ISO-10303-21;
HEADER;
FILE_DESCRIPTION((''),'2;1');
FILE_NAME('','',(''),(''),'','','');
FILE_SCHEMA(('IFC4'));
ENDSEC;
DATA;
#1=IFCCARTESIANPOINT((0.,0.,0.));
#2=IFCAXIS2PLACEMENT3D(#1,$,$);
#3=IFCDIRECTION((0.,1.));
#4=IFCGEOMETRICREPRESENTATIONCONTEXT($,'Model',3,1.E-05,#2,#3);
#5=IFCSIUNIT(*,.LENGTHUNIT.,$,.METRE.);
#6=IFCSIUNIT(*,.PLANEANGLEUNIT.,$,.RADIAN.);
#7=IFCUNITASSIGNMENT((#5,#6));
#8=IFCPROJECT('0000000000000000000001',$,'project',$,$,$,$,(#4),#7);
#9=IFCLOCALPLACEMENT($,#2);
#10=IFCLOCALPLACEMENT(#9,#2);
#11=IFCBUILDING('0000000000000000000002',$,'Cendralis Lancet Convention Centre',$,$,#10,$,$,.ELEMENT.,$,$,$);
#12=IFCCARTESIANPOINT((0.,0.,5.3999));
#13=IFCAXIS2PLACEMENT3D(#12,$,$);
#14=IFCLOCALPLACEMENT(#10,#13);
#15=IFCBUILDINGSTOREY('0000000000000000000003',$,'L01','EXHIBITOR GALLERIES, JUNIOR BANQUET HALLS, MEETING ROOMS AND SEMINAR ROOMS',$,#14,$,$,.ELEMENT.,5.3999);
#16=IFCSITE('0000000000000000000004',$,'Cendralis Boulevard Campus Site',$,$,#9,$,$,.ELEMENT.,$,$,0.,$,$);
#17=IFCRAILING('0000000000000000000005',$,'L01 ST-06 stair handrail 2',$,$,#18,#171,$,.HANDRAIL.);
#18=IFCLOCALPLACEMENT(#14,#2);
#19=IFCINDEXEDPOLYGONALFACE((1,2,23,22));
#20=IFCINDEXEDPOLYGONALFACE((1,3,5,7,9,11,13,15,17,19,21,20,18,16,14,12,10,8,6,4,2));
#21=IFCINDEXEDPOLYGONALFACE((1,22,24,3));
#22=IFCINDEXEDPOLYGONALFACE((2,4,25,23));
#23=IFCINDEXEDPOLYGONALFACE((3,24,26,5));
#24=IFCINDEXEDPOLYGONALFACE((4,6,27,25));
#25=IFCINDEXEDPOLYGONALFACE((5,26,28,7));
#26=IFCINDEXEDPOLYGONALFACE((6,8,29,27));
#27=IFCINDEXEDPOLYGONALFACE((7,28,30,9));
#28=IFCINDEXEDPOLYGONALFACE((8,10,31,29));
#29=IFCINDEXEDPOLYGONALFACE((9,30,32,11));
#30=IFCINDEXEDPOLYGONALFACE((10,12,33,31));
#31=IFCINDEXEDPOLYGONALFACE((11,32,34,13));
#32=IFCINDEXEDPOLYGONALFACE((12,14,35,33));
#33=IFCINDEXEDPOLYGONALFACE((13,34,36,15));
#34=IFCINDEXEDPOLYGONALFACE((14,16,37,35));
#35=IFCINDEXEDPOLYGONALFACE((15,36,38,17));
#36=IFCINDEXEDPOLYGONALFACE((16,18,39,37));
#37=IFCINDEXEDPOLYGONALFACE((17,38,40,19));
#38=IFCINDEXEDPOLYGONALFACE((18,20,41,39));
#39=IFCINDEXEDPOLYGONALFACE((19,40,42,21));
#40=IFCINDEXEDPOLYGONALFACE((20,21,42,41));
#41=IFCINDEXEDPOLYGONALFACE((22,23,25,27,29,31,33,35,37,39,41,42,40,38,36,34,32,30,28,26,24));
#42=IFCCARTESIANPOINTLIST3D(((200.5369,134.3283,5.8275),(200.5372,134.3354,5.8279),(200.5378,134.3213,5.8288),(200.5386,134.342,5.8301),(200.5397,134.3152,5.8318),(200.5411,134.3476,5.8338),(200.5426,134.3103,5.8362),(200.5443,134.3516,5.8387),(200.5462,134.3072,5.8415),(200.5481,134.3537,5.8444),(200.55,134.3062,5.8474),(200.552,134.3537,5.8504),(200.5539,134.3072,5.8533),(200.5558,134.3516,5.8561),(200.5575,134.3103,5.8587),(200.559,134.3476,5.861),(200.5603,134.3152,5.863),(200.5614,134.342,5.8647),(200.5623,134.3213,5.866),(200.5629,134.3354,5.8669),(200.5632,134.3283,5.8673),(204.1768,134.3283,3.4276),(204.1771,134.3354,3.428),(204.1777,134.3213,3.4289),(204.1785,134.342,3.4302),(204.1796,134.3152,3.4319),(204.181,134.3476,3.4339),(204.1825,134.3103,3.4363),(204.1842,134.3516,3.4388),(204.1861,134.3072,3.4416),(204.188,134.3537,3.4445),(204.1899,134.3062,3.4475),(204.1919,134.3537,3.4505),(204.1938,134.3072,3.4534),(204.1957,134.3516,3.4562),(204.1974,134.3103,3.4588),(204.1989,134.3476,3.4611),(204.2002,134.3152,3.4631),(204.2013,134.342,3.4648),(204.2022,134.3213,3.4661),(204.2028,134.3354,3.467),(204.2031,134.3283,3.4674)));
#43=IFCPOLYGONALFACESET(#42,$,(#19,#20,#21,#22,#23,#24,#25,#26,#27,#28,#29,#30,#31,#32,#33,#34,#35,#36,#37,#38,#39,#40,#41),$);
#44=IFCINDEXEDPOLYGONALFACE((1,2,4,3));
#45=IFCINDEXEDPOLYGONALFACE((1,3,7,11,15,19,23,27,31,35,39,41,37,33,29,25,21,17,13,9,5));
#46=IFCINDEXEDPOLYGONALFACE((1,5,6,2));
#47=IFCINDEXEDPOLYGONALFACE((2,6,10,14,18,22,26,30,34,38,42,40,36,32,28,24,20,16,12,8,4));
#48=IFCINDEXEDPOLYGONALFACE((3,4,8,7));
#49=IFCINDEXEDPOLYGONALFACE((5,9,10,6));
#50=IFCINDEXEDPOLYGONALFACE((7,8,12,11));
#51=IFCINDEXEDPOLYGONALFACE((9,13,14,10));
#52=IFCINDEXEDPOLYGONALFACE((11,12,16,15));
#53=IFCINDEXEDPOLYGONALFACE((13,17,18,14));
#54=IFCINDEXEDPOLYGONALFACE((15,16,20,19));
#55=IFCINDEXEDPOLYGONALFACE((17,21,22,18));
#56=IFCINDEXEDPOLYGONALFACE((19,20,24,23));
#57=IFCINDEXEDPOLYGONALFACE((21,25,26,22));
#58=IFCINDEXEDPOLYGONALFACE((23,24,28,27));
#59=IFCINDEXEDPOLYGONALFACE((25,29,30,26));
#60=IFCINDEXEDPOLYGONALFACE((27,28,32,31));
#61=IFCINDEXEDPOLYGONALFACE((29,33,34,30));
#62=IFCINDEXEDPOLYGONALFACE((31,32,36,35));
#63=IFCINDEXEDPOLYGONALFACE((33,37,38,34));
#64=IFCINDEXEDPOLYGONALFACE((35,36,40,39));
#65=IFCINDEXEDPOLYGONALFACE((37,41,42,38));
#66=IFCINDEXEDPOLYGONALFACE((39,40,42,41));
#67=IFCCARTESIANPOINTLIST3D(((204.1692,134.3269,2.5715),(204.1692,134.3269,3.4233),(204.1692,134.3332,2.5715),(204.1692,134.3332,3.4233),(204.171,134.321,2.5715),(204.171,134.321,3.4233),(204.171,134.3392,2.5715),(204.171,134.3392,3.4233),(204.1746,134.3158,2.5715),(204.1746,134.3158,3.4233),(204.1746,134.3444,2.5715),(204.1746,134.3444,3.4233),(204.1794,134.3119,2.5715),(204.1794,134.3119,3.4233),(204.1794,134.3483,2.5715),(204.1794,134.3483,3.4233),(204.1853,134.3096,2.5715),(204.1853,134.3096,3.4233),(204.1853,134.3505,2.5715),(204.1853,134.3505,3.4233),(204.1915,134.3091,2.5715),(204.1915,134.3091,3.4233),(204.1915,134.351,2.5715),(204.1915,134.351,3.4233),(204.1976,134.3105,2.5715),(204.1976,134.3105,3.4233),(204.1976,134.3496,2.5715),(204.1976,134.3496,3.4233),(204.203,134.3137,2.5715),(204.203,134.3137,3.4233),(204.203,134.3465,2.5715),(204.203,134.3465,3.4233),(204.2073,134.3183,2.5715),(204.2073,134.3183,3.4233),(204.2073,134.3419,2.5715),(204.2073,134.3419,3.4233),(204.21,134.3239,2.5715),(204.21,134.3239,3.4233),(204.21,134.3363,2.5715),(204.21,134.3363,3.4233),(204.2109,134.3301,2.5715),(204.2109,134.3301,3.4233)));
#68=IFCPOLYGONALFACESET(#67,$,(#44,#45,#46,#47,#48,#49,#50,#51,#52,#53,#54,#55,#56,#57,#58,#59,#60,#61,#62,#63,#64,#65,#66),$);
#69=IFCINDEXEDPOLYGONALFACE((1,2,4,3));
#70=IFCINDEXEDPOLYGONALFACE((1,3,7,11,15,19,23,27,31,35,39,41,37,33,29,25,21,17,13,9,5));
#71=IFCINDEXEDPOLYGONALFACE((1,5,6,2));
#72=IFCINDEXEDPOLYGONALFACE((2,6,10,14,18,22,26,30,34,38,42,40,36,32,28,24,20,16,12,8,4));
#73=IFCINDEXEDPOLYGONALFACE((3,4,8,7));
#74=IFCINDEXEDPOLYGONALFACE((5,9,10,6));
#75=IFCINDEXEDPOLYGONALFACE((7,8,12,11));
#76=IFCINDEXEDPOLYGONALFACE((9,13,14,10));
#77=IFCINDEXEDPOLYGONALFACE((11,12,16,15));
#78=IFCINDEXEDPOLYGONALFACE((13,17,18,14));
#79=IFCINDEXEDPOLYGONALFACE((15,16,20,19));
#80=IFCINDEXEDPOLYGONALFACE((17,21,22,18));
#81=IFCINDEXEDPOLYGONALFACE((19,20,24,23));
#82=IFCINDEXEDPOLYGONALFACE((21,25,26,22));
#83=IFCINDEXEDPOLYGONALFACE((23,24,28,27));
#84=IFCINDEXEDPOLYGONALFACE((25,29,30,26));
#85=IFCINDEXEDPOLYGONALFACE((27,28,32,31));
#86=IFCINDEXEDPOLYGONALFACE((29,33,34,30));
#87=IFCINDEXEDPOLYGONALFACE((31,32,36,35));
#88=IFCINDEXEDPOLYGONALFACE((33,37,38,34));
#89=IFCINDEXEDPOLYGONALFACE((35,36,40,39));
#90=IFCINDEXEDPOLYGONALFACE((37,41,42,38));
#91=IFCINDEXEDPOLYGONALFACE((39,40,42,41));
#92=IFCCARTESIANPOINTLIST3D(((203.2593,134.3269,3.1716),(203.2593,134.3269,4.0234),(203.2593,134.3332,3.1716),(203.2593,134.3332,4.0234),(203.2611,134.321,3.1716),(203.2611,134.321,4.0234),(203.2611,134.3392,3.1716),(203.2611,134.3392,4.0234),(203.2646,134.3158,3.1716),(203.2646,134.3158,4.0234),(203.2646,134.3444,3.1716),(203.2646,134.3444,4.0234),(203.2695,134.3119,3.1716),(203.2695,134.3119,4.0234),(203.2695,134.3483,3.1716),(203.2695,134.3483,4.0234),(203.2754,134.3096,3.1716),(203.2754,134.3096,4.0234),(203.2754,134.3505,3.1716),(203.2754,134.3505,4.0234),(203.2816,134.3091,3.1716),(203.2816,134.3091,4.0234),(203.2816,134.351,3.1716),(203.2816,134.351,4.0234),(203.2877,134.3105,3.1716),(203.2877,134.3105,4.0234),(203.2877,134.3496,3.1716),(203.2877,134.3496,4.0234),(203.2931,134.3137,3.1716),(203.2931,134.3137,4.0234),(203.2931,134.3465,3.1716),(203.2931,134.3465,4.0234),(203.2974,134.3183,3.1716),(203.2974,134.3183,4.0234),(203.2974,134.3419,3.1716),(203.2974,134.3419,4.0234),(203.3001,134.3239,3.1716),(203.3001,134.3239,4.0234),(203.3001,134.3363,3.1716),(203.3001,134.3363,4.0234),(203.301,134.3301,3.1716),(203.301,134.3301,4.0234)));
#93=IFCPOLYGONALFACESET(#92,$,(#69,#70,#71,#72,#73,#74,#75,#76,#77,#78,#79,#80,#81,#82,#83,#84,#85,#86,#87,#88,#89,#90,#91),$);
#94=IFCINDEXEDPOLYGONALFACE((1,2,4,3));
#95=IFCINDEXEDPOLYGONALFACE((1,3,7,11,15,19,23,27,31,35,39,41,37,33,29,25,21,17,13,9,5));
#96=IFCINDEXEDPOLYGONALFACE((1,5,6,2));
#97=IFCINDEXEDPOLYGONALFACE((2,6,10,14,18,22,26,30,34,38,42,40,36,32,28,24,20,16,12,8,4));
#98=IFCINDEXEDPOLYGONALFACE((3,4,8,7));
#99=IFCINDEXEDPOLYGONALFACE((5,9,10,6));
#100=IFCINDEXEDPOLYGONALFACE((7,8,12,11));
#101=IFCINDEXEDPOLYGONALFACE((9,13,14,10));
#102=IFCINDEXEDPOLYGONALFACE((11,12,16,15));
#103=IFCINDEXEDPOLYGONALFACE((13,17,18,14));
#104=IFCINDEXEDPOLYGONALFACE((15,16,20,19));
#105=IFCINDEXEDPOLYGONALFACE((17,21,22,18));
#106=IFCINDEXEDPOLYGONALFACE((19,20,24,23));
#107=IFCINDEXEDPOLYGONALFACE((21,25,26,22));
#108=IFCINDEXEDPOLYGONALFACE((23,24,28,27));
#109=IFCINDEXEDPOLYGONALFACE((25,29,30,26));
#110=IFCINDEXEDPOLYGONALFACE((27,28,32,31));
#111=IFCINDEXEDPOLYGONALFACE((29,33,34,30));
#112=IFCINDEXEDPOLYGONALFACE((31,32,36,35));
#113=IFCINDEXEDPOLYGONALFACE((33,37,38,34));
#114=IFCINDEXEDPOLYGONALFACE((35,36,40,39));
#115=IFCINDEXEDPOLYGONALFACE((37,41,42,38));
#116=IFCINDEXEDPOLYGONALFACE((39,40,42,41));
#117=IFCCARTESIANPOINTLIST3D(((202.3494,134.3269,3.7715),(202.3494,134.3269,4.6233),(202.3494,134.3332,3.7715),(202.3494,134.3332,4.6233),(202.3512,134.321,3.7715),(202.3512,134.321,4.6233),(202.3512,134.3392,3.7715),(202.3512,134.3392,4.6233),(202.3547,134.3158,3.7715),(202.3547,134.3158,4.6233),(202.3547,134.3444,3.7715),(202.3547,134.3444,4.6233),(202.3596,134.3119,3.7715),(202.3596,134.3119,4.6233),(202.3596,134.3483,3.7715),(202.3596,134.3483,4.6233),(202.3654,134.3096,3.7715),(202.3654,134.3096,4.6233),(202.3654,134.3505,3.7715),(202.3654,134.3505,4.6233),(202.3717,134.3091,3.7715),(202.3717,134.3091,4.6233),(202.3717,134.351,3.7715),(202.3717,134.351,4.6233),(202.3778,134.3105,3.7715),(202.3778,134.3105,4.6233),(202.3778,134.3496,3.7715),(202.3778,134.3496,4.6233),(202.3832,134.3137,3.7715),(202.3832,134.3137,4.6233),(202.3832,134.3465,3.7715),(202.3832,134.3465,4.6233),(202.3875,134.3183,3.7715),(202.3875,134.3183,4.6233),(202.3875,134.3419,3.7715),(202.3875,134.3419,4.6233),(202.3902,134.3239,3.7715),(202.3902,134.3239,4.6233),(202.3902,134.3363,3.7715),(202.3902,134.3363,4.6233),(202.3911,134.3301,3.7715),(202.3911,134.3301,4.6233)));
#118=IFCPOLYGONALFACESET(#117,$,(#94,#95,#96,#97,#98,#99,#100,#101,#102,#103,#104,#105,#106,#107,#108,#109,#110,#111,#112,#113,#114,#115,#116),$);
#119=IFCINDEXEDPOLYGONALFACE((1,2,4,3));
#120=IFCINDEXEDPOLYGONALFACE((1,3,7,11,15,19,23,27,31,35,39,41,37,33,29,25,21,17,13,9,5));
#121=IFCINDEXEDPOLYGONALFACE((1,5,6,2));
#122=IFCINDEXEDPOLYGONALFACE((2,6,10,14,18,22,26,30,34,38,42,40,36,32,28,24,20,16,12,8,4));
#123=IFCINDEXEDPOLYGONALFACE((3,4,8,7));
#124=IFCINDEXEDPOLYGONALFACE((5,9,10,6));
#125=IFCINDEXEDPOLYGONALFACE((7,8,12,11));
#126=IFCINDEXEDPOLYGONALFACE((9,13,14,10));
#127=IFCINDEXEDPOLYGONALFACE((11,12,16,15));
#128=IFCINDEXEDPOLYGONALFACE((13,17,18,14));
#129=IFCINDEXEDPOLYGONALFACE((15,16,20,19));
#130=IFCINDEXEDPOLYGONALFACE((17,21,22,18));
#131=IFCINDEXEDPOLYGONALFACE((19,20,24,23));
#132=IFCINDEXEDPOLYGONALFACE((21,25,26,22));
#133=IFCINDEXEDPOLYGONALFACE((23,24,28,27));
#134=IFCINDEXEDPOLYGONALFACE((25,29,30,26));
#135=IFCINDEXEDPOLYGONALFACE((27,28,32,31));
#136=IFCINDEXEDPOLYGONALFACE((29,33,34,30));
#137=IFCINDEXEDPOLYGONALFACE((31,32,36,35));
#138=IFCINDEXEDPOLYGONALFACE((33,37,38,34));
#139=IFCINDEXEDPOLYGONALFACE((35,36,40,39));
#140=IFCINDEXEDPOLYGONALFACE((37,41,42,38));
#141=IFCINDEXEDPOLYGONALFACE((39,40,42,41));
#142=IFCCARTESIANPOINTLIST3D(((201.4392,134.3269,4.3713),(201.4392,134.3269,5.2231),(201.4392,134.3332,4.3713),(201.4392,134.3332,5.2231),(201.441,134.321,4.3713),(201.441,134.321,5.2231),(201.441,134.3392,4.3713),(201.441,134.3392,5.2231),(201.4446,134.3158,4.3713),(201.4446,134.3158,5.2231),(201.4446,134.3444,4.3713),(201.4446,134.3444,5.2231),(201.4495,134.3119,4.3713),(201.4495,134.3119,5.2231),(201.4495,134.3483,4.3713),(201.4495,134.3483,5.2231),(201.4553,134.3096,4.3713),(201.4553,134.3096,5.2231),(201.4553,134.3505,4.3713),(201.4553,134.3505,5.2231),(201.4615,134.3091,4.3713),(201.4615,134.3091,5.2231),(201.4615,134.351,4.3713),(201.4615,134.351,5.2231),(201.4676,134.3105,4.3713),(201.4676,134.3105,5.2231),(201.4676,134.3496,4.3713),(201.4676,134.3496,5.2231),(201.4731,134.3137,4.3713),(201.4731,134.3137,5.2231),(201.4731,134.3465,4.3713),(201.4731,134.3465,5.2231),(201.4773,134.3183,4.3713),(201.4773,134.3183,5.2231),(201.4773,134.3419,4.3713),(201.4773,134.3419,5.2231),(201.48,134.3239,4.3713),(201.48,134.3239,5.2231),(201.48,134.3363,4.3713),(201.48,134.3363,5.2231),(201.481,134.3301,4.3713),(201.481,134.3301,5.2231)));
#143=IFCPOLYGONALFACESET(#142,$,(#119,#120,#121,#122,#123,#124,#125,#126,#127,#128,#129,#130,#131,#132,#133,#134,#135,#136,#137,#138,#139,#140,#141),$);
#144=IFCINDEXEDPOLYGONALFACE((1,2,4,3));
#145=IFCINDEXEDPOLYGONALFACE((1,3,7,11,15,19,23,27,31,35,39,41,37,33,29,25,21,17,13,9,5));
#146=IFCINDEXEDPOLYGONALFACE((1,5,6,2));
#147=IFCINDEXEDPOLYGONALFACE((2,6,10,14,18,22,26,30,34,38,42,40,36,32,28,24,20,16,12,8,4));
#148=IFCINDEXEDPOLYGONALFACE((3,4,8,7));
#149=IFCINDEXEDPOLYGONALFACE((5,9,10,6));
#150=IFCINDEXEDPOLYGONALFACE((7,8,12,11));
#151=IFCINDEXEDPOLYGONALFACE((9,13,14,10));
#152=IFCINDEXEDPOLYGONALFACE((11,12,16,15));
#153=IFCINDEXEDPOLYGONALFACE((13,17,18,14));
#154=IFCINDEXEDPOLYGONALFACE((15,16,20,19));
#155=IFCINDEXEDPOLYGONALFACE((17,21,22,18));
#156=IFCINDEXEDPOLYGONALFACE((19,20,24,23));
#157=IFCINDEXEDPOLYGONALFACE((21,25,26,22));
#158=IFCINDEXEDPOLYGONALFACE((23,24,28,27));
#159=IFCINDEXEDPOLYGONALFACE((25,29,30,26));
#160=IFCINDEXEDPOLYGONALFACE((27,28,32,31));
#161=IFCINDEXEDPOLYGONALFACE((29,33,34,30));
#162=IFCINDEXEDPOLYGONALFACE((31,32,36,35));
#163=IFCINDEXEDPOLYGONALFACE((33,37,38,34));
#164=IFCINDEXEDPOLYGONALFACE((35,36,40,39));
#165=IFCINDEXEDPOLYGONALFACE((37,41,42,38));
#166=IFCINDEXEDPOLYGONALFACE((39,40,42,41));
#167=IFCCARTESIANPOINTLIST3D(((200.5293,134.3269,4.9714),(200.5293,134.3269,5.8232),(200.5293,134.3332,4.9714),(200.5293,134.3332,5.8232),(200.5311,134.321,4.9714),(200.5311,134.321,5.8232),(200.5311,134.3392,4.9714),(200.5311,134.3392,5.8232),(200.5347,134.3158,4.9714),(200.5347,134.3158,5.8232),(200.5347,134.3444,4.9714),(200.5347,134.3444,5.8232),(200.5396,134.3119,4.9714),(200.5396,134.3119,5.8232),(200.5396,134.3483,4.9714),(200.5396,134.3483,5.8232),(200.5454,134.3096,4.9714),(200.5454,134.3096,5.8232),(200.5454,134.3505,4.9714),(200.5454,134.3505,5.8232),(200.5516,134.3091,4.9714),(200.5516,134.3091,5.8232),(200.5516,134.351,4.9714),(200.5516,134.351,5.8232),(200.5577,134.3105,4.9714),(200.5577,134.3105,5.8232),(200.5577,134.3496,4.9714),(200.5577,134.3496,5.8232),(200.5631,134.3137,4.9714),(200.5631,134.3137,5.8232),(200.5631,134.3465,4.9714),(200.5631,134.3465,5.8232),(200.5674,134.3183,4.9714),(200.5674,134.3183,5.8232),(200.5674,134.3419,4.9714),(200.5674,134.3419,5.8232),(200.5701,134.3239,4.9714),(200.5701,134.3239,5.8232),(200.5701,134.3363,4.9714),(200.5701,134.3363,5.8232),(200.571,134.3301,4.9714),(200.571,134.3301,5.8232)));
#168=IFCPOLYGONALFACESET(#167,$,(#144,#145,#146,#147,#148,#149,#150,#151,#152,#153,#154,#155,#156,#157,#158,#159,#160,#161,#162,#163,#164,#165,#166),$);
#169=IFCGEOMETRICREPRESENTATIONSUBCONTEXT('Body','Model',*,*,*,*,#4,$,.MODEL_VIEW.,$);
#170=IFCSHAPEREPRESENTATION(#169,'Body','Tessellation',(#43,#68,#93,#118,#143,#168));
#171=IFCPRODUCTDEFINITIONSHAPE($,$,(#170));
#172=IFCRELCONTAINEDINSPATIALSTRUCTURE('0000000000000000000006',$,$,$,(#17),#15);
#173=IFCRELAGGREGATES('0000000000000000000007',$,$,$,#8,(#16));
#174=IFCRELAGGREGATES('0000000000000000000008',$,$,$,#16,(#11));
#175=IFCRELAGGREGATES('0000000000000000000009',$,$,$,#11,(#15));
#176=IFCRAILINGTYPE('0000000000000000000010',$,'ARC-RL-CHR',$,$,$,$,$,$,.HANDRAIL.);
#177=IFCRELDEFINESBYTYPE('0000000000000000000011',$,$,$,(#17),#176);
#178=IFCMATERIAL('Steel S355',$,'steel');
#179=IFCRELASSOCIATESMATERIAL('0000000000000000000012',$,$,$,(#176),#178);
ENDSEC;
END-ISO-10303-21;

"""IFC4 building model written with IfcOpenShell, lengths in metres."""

from ifc_helpers import new_model, si_unit, direction, frame, origin, origin_2d, place, context, subcontext, project, spatial, circle, extrude, material, type_object, element, save


model = new_model("IFC4")

# Units and contexts
model_context = context("Model", 3, precision=1e-05, world=origin(), true_north=direction((0.0, 1.0)))
body_context = subcontext(model_context, "Body", "Model", "MODEL_VIEW")
ifc_project = project(units=[si_unit("LENGTHUNIT", "METRE"), si_unit("PLANEANGLEUNIT", "RADIAN")], contexts=[model_context])

# Site, building, storey
site_placement = place(None, origin())
site = spatial("IfcSite", under=ifc_project, at=site_placement, Name="Cendralis Boulevard Campus Site", CompositionType="ELEMENT", RefElevation=0.0)
building_placement = place(site_placement, origin())
building = spatial("IfcBuilding", under=site, at=building_placement, Name="Cendralis Lancet Convention Centre", CompositionType="ELEMENT")
storey_placement = place(building_placement, frame((0.0, 0.0, 5.3999)))
storey = spatial("IfcBuildingStorey", under=building, at=storey_placement, Name="L01", Description="EXHIBITOR GALLERIES, JUNIOR BANQUET HALLS, MEETING ROOMS AND SEMINAR ROOMS", CompositionType="ELEMENT", Elevation=5.3999)

# Shared definitions
ifc_material_1 = material(Name="Steel S355", Category="steel")

# Railing
railing_type_1 = type_object("IfcRailingType", Name="ARC-RL-CHR", PredefinedType="HANDRAIL", material=ifc_material_1)
railing_1_placement = place(storey_placement, frame((204.1899, 134.3301, 2.5715)))
element("IfcRailing", 1, at=railing_1_placement, inside=storey, type_object=railing_type_1, Name="L01 ST-06 stair handrail 2", PredefinedType="HANDRAIL", context=body_context, shape_type="SweptSolid", body=[
    extrude(circle(Radius=0.0239, at=origin_2d()), frame((0.0, 0.0, 0.876), z_axis=(-0.834865, 0.0, 0.550454), x_axis=(0.0, -1.0, 0.0)), (0.0, 0.0, 1.0), 4.3599),
    extrude(circle(Radius=0.021, at=origin_2d()), origin(), (0.0, 0.0, 1.0), 0.8518),
    extrude(circle(Radius=0.021, at=origin_2d()), frame((-0.9099, 0.0, 0.6001)), (0.0, 0.0, 1.0), 0.8518),
    extrude(circle(Radius=0.021, at=origin_2d()), frame((-1.8198, 0.0, 1.2)), (0.0, 0.0, 1.0), 0.8518),
    extrude(circle(Radius=0.021, at=origin_2d()), frame((-2.73, 0.0, 1.7998)), (0.0, 0.0, 1.0), 0.8518),
    extrude(circle(Radius=0.021, at=origin_2d()), frame((-3.6399, 0.0, 2.3999)), (0.0, 0.0, 1.0), 0.8518),
])

save(model, "model.ifc")
